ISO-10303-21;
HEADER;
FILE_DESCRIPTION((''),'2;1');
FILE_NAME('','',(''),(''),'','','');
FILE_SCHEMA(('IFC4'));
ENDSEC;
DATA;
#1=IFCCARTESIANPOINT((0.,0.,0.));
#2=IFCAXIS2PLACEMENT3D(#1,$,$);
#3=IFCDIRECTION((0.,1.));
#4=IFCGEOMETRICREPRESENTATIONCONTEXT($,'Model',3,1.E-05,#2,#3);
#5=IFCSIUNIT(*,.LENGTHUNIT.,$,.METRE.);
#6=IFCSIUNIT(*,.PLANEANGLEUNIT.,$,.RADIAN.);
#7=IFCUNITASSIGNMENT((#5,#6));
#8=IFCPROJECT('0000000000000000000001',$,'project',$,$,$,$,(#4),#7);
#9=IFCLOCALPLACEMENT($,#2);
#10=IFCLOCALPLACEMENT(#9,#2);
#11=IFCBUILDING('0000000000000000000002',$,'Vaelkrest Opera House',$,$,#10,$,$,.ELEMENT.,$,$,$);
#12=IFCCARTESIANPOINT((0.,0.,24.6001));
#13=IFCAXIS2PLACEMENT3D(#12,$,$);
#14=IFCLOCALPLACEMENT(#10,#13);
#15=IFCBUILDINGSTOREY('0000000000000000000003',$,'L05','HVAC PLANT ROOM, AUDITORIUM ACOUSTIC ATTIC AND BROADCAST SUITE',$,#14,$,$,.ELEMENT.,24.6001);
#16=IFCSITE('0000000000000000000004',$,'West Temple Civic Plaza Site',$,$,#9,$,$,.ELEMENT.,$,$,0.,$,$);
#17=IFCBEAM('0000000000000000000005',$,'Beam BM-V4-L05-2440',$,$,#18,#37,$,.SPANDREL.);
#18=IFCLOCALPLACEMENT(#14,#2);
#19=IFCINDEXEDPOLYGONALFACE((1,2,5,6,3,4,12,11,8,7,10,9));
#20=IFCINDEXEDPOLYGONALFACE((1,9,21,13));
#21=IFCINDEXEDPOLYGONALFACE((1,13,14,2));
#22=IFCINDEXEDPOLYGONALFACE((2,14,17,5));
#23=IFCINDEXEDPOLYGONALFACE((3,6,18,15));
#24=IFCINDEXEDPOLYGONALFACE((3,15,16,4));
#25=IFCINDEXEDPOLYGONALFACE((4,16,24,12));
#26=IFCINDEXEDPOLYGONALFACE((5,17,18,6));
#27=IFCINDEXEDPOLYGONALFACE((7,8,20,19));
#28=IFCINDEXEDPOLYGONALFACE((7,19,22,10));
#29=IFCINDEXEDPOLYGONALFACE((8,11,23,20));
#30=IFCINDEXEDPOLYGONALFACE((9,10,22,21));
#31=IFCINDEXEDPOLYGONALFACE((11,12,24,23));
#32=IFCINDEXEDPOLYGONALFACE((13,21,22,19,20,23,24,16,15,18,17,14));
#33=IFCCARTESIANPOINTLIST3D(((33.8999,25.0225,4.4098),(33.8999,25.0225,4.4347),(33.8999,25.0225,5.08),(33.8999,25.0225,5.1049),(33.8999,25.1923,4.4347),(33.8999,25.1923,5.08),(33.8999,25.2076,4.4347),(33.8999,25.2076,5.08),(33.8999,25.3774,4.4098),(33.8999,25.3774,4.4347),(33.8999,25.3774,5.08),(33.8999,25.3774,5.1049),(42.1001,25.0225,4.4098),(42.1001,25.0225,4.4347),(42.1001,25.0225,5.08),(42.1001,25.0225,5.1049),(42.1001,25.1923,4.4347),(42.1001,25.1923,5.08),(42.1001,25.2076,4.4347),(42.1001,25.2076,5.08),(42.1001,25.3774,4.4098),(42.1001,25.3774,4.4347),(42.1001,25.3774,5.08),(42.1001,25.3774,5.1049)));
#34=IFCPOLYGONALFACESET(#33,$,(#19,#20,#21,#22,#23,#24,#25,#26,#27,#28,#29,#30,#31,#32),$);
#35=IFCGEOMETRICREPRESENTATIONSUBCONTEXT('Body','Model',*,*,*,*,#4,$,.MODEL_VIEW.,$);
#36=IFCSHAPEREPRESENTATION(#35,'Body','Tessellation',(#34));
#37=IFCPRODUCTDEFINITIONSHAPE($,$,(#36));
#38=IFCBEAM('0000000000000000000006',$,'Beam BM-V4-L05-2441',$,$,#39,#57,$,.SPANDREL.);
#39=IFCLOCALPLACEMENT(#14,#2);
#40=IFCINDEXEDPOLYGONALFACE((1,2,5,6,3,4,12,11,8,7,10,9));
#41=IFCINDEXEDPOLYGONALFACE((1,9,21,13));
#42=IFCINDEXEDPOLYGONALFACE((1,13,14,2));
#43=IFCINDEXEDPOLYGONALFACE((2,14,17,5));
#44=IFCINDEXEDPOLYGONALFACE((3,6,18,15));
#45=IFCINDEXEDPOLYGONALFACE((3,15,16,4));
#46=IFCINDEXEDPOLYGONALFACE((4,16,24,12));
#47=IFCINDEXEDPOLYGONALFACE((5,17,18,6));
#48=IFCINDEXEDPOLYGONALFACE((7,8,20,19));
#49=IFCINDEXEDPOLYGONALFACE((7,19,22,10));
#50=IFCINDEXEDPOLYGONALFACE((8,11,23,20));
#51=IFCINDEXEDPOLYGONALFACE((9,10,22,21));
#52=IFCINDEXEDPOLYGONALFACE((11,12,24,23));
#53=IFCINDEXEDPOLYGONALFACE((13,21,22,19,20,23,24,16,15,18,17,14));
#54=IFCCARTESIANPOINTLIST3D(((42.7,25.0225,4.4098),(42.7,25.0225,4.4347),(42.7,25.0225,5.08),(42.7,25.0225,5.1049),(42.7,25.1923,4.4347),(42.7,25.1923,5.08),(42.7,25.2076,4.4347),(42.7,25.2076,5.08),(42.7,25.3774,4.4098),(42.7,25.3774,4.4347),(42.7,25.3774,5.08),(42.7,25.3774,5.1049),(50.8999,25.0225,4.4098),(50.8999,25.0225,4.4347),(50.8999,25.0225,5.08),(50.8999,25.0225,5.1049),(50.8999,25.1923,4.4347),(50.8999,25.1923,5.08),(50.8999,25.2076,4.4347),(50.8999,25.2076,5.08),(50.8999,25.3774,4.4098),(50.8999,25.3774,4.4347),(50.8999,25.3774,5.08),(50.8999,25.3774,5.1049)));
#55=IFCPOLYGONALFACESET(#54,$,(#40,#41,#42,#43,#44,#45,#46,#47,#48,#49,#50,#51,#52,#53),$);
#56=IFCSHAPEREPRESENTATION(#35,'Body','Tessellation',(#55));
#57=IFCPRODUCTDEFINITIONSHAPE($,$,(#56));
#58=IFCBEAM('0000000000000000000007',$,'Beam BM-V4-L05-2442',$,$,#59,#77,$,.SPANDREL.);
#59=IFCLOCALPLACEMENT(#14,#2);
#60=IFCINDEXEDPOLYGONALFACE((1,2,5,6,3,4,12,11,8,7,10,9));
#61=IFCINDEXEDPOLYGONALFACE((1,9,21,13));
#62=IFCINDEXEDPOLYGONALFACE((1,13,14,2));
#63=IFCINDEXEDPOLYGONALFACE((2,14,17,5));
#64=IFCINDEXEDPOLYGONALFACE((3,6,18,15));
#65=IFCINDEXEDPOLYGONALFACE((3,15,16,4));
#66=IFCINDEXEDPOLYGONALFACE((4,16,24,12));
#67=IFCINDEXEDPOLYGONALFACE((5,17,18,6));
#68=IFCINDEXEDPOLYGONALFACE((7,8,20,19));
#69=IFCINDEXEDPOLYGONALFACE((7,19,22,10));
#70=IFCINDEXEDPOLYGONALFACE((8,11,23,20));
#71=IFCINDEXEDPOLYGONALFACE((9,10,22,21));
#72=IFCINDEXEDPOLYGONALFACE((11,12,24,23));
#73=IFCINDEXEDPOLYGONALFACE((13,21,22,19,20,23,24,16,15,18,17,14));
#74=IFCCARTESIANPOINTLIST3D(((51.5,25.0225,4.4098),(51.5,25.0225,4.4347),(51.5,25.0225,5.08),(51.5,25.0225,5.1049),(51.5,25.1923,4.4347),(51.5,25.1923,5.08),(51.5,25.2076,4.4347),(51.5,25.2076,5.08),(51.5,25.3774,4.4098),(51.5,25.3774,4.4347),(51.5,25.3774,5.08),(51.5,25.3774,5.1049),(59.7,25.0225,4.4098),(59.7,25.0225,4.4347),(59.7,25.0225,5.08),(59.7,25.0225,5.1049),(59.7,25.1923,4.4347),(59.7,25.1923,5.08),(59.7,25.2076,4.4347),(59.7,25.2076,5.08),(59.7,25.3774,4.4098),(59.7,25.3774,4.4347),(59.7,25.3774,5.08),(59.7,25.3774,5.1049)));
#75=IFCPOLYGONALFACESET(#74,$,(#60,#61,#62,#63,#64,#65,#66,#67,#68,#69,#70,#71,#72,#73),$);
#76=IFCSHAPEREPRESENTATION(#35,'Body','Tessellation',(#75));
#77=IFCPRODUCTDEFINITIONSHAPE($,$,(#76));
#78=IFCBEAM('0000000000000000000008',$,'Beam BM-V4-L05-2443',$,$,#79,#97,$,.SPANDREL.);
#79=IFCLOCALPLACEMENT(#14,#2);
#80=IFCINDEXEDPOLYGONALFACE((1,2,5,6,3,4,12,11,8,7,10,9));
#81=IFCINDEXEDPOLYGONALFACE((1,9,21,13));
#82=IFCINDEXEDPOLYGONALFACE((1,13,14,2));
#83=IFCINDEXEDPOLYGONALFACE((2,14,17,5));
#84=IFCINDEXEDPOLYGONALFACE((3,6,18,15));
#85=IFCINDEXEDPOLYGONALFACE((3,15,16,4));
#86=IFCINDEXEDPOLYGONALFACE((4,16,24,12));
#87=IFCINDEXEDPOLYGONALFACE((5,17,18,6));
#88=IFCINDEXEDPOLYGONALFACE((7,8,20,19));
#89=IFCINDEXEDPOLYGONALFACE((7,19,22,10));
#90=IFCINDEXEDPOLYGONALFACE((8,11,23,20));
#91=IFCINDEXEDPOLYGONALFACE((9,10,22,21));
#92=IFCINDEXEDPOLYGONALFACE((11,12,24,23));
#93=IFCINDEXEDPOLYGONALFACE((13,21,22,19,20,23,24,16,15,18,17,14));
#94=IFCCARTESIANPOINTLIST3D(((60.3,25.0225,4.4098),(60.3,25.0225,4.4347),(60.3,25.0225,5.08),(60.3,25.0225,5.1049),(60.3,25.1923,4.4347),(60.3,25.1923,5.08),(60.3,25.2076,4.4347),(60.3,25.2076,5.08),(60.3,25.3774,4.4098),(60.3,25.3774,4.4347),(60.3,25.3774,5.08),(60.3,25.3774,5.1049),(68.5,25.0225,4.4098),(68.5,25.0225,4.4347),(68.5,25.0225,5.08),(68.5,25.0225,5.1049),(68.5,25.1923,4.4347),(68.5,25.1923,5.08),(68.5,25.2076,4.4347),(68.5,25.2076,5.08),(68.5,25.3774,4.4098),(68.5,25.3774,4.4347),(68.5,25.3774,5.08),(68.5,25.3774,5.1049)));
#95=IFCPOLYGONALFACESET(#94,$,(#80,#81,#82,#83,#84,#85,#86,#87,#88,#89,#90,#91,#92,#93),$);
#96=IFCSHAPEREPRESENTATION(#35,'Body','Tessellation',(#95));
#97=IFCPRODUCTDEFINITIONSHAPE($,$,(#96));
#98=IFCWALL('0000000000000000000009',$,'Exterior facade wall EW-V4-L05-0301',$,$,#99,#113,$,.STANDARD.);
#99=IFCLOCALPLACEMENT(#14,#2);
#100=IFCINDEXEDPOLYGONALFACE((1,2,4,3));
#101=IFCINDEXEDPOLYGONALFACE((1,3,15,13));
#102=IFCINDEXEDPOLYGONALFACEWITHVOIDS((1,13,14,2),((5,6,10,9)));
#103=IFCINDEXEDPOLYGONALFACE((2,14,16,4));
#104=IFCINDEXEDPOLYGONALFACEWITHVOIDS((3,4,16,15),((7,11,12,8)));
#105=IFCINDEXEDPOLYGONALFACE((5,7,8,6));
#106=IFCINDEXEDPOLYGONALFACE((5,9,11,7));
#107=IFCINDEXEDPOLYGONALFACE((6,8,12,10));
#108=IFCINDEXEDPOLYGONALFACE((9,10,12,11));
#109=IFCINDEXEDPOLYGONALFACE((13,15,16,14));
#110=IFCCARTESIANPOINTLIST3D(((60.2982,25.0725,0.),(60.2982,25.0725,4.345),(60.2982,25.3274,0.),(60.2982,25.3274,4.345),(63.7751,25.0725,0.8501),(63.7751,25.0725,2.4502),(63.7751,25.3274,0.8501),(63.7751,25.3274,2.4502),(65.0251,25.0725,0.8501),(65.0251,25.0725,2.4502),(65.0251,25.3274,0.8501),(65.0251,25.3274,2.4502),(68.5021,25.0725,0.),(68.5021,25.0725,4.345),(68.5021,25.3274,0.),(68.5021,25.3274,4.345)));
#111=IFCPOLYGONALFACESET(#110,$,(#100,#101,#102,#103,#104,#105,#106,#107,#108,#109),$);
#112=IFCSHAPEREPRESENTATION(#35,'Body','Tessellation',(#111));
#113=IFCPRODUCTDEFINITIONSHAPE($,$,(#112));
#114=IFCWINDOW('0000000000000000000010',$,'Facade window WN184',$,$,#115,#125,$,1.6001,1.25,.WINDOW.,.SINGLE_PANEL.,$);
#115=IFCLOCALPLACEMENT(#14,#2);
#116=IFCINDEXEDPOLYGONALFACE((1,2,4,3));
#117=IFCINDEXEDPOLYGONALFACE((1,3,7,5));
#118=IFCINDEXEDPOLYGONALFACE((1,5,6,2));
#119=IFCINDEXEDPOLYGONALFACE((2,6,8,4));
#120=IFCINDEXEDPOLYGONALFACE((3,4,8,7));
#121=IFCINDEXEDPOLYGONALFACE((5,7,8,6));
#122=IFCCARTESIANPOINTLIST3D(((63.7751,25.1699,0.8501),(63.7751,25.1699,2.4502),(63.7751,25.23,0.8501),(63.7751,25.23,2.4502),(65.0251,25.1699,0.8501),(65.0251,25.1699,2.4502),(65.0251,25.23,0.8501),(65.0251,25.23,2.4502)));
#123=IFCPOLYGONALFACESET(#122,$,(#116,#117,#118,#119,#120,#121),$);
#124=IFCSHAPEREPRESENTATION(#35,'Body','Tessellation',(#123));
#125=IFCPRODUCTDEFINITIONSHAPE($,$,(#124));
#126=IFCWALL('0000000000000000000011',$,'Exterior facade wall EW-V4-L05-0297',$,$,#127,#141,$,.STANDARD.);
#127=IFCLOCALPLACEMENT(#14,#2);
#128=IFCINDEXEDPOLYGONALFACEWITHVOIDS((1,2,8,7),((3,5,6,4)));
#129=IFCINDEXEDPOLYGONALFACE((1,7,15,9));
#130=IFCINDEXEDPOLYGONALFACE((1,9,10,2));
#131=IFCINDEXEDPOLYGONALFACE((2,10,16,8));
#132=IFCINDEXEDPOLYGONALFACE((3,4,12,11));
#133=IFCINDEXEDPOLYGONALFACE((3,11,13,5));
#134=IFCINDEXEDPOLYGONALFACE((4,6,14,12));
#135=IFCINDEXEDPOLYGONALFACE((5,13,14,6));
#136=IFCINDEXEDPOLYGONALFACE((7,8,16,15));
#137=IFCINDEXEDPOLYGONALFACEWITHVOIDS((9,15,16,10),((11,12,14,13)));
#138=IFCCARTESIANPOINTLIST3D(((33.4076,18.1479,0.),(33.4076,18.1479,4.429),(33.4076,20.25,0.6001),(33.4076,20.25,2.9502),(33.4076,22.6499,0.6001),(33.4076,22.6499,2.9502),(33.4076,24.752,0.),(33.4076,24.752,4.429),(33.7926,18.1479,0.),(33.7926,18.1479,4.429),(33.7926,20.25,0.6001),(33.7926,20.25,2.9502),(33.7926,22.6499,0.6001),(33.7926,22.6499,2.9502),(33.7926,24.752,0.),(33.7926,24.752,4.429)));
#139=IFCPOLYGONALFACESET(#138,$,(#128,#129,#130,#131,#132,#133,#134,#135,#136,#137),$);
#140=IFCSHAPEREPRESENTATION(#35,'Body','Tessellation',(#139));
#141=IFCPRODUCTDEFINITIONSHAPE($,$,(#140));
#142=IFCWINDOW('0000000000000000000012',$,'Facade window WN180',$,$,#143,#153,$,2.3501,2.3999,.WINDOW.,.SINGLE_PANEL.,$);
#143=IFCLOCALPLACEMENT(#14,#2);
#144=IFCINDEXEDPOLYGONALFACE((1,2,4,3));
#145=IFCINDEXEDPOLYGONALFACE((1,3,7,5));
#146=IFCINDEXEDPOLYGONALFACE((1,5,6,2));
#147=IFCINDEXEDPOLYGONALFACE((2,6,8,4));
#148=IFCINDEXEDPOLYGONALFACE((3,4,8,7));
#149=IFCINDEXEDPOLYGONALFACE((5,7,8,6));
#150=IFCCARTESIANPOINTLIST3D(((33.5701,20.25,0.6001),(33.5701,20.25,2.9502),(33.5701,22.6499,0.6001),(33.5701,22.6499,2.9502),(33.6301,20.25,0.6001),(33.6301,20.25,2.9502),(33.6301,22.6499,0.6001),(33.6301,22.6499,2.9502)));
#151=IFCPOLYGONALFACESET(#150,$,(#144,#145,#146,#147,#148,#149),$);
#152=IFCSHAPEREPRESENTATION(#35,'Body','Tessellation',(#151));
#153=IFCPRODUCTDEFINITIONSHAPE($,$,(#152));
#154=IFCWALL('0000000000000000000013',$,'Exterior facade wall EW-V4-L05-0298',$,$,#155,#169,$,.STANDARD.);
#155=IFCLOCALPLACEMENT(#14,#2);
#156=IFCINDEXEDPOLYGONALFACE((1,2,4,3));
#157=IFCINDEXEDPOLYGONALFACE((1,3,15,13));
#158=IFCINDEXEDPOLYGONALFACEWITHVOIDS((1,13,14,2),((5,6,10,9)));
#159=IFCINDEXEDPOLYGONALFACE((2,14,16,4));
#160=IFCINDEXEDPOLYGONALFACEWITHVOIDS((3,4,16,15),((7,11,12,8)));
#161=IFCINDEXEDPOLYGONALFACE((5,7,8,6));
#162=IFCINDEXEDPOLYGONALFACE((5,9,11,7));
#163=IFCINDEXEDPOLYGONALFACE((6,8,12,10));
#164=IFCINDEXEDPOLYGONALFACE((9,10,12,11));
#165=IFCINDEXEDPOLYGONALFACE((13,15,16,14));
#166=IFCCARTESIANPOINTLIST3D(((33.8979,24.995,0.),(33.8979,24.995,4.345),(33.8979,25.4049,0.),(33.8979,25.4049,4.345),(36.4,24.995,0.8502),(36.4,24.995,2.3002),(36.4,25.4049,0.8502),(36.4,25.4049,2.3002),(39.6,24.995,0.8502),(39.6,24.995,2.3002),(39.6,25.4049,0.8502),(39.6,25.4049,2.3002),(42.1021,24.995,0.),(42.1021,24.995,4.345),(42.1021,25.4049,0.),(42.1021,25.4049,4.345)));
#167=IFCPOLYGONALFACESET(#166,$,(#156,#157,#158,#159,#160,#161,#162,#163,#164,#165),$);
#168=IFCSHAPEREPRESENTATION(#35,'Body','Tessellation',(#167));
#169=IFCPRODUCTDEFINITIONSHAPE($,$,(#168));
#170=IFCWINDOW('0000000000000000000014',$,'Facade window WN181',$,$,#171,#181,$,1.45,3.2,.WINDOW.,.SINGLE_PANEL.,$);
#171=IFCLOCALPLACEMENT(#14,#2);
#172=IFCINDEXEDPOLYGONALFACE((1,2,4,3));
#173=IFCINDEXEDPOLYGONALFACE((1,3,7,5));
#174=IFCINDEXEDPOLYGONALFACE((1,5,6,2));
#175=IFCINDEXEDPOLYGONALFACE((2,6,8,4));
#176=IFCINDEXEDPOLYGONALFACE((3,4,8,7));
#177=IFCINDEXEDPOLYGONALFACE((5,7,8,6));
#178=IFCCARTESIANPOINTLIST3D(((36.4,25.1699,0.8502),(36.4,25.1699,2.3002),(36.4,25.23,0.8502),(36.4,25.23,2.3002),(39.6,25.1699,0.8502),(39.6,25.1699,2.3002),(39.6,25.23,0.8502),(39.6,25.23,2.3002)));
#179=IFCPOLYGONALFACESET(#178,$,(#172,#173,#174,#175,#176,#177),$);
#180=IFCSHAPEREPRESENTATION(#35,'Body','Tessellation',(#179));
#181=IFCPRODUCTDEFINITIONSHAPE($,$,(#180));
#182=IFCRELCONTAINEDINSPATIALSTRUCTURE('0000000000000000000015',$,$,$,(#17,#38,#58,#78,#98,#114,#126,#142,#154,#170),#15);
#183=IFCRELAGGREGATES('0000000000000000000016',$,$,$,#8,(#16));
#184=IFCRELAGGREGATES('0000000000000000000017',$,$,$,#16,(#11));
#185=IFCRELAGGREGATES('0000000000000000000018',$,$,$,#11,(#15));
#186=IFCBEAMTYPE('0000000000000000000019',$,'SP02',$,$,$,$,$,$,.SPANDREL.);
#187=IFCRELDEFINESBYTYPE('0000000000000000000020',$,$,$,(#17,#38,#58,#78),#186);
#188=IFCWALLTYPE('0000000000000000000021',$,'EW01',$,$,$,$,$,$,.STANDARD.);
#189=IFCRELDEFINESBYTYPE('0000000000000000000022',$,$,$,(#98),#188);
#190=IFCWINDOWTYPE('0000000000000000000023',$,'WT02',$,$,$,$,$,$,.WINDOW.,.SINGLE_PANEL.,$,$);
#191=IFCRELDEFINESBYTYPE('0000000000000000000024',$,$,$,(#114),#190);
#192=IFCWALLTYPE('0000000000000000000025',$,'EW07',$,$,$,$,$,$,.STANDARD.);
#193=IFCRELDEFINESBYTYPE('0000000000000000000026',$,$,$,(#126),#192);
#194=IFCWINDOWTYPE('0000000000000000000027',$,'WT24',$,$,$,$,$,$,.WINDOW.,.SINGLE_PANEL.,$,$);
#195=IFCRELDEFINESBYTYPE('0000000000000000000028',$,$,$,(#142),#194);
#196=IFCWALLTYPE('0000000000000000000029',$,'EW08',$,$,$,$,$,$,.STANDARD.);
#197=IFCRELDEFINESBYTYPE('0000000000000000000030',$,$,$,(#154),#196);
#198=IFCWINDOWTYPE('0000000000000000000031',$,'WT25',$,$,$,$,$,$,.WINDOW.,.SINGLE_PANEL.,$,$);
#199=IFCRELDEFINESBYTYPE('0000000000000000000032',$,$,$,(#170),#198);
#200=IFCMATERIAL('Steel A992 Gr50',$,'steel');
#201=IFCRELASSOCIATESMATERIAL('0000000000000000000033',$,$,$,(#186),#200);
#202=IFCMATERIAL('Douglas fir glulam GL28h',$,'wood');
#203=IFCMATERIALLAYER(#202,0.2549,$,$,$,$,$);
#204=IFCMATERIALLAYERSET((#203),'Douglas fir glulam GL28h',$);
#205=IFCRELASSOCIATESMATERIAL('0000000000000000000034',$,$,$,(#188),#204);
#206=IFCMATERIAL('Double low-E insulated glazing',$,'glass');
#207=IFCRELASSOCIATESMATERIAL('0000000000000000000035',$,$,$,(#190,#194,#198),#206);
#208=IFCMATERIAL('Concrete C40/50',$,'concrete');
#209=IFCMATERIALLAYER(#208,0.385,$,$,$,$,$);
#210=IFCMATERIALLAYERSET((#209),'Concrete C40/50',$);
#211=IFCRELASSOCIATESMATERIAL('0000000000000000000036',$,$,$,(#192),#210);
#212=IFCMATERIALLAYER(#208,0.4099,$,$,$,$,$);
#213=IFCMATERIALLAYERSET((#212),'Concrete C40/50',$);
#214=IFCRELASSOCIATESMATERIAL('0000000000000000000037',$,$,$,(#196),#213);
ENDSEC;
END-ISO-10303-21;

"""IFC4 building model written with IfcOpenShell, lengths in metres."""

from ifc_helpers import new_model, si_unit, direction, frame, frame_2d, origin, origin_2d, place, context, subcontext, project, spatial, rectangle, i_section, extrude, material, layer, layer_set, material_profile, profile_set, type_object, element, fill, save


model = new_model("IFC4")

# Units and contexts
model_context = context("Model", 3, precision=1e-05, world=origin(), true_north=direction((0.0, 1.0)))
body_context = subcontext(model_context, "Body", "Model", "MODEL_VIEW")
ifc_project = project(units=[si_unit("LENGTHUNIT", "METRE"), si_unit("PLANEANGLEUNIT", "RADIAN")], contexts=[model_context])

# Site, building, storey
site_placement = place(None, origin())
site = spatial("IfcSite", under=ifc_project, at=site_placement, Name="West Temple Civic Plaza Site", CompositionType="ELEMENT", RefElevation=0.0)
building_placement = place(site_placement, origin())
building = spatial("IfcBuilding", under=site, at=building_placement, Name="Vaelkrest Opera House", CompositionType="ELEMENT")
storey_placement = place(building_placement, frame((0.0, 0.0, 24.6001)))
storey = spatial("IfcBuildingStorey", under=building, at=storey_placement, Name="L05", Description="HVAC PLANT ROOM, AUDITORIUM ACOUSTIC ATTIC AND BROADCAST SUITE", CompositionType="ELEMENT", Elevation=24.6001)

# Beams
ifc_material_1 = material(Name="Steel A992 Gr50", Category="steel")
ifc_material_profile_1 = material_profile(ifc_material_1, i_section(OverallWidth=0.355, OverallDepth=0.6951, WebThickness=0.0154, FlangeThickness=0.0249, at=origin_2d()), Name="W27X146")
ifc_profile_set_1 = profile_set([ifc_material_profile_1], Name="Steel A992 Gr50")
beam_type_1 = type_object("IfcBeamType", Name="SP02", PredefinedType="SPANDREL", material=ifc_profile_set_1)
beam_1_placement = place(storey_placement, frame((33.8999, 25.2, 4.7573), z_axis=(1.0, 0.0, 0.0), x_axis=(0.0, 1.0, 0.0)))
element("IfcBeam", 1, at=beam_1_placement, inside=storey, type_object=beam_type_1, Name="Beam BM-V4-L05-2440", PredefinedType="SPANDREL", context=body_context, shape_type="SweptSolid", body=[
    extrude(i_section(OverallWidth=0.355, OverallDepth=0.6951, WebThickness=0.0154, FlangeThickness=0.0249, at=origin_2d()), origin(), (0.0, 0.0, 1.0), 8.2002),
])
for number, where, z_axis, x_axis, name in (
    (2, (42.7, 25.2, 4.7573), (1.0, 0.0, 0.0), (0.0, 1.0, 0.0), "Beam BM-V4-L05-2441"),
    (3, (51.5, 25.2, 4.7573), (1.0, 0.0, 0.0), (0.0, 1.0, 0.0), "Beam BM-V4-L05-2442"),
    (4, (60.3, 25.2, 4.7573), (1.0, 0.0, 0.0), (0.0, 1.0, 0.0), "Beam BM-V4-L05-2443"),
):
    element("IfcBeam", number, at=place(storey_placement, frame(where, z_axis=z_axis, x_axis=x_axis)), inside=storey, type_object=beam_type_1, Name=name, PredefinedType="SPANDREL", context=body_context, shape_type="SweptSolid", body=[
        extrude(i_section(OverallWidth=0.355, OverallDepth=0.6951, WebThickness=0.0154, FlangeThickness=0.0249, at=origin_2d()), origin(), (0.0, 0.0, 1.0), 8.2),
    ])

# Walls, openings, windows
ifc_material_2 = material(Name="Douglas fir glulam GL28h", Category="wood")
ifc_layer_1 = layer(ifc_material_2, 0.2549)
ifc_layer_set_1 = layer_set([ifc_layer_1], Name="Douglas fir glulam GL28h")
wall_type_1 = type_object("IfcWallType", Name="EW01", PredefinedType="STANDARD", material=ifc_layer_set_1)
wall_1_placement = place(storey_placement, frame((60.2981, 25.2, 0.0), z_axis=(0.0, 0.0, 1.0), x_axis=(1.0, 0.0, 0.0)))
wall_1 = element("IfcWall", 5, at=wall_1_placement, inside=storey, type_object=wall_type_1, Name="Exterior facade wall EW-V4-L05-0301", PredefinedType="STANDARD", context=body_context, shape_type="SweptSolid", body=[
    extrude(rectangle(XDim=8.2039, YDim=0.2549, at=frame_2d((4.1021, 0.0))), origin(), (0.0, 0.0, 1.0), 4.345),
])
opening_1_placement = place(wall_1_placement, frame((3.4771, 0.0, 0.8501)))
opening_1 = element("IfcOpeningElement", 6, at=opening_1_placement, cuts=wall_1, PredefinedType="OPENING", context=body_context, shape_type="SweptSolid", body=[
    extrude(rectangle(XDim=1.25, YDim=1.6001, at=frame_2d((0.625, 0.8))), frame((0.0, 0.1375, 0.0), z_axis=(0.0, -1.0, 0.0), x_axis=(1.0, 0.0, 0.0)), (0.0, 0.0, 1.0), 0.2749),
])
ifc_material_3 = material(Name="Double low-E insulated glazing", Category="glass")
window_type_1 = type_object("IfcWindowType", Name="WT02", PartitioningType="SINGLE_PANEL", PredefinedType="WINDOW", material=ifc_material_3)
window_1_placement = place(opening_1_placement, origin())
window_1 = element("IfcWindow", 7, at=window_1_placement, inside=storey, type_object=window_type_1, Name="Facade window WN184", OverallHeight=1.6001, OverallWidth=1.25, PartitioningType="SINGLE_PANEL", PredefinedType="WINDOW", context=body_context, shape_type="SweptSolid", body=[
    extrude(rectangle(XDim=1.25, YDim=1.6001, at=frame_2d((0.625, 0.8))), frame((0.0, 0.03, 0.0), z_axis=(0.0, -1.0, 0.0), x_axis=(1.0, 0.0, 0.0)), (0.0, 0.0, 1.0), 0.0601),
])
fill(opening_1, window_1)
ifc_material_4 = material(Name="Concrete C40/50", Category="concrete")
ifc_layer_2 = layer(ifc_material_4, 0.385)
ifc_layer_set_2 = layer_set([ifc_layer_2], Name="Concrete C40/50")
wall_type_2 = type_object("IfcWallType", Name="EW07", PredefinedType="STANDARD", material=ifc_layer_set_2)
wall_2_placement = place(storey_placement, frame((33.6001, 18.1479, 0.0), z_axis=(0.0, 0.0, 1.0), x_axis=(0.0, 1.0, 0.0)))
wall_2 = element("IfcWall", 8, at=wall_2_placement, inside=storey, type_object=wall_type_2, Name="Exterior facade wall EW-V4-L05-0297", PredefinedType="STANDARD", context=body_context, shape_type="SweptSolid", body=[
    extrude(rectangle(XDim=6.604, YDim=0.385, at=frame_2d((3.302, 0.0))), origin(), (0.0, 0.0, 1.0), 4.429),
])
opening_2_placement = place(wall_2_placement, frame((2.1021, 0.0, 0.6001)))
opening_2 = element("IfcOpeningElement", 9, at=opening_2_placement, cuts=wall_2, PredefinedType="OPENING", context=body_context, shape_type="SweptSolid", body=[
    extrude(rectangle(XDim=2.3999, YDim=2.3501, at=frame_2d((1.2, 1.175))), frame((0.0, 0.2024, 0.0), z_axis=(0.0, -1.0, 0.0), x_axis=(1.0, 0.0, 0.0)), (0.0, 0.0, 1.0), 0.405),
])
window_type_2 = type_object("IfcWindowType", Name="WT24", PartitioningType="SINGLE_PANEL", PredefinedType="WINDOW", material=ifc_material_3)
window_2_placement = place(opening_2_placement, origin())
window_2 = element("IfcWindow", 10, at=window_2_placement, inside=storey, type_object=window_type_2, Name="Facade window WN180", OverallHeight=2.3501, OverallWidth=2.3999, PartitioningType="SINGLE_PANEL", PredefinedType="WINDOW", context=body_context, shape_type="SweptSolid", body=[
    extrude(rectangle(XDim=2.3999, YDim=2.3501, at=frame_2d((1.2, 1.175))), frame((0.0, 0.03, 0.0), z_axis=(0.0, -1.0, 0.0), x_axis=(1.0, 0.0, 0.0)), (0.0, 0.0, 1.0), 0.0601),
])
fill(opening_2, window_2)
ifc_layer_3 = layer(ifc_material_4, 0.4099)
ifc_layer_set_3 = layer_set([ifc_layer_3], Name="Concrete C40/50")
wall_type_3 = type_object("IfcWallType", Name="EW08", PredefinedType="STANDARD", material=ifc_layer_set_3)
wall_3_placement = place(storey_placement, frame((33.8979, 25.2, 0.0), z_axis=(0.0, 0.0, 1.0), x_axis=(1.0, 0.0, 0.0)))
wall_3 = element("IfcWall", 11, at=wall_3_placement, inside=storey, type_object=wall_type_3, Name="Exterior facade wall EW-V4-L05-0298", PredefinedType="STANDARD", context=body_context, shape_type="SweptSolid", body=[
    extrude(rectangle(XDim=8.2041, YDim=0.4099, at=frame_2d((4.1021, 0.0))), origin(), (0.0, 0.0, 1.0), 4.345),
])
opening_3_placement = place(wall_3_placement, frame((2.502, 0.0, 0.8501)))
opening_3 = element("IfcOpeningElement", 12, at=opening_3_placement, cuts=wall_3, PredefinedType="OPENING", context=body_context, shape_type="SweptSolid", body=[
    extrude(rectangle(XDim=3.2, YDim=1.45, at=frame_2d((1.6001, 0.7251))), frame((0.0, 0.2148, 0.0), z_axis=(0.0, -1.0, 0.0), x_axis=(1.0, 0.0, 0.0)), (0.0, 0.0, 1.0), 0.4299),
])
window_type_3 = type_object("IfcWindowType", Name="WT25", PartitioningType="SINGLE_PANEL", PredefinedType="WINDOW", material=ifc_material_3)
window_3_placement = place(opening_3_placement, origin())
window_3 = element("IfcWindow", 13, at=window_3_placement, inside=storey, type_object=window_type_3, Name="Facade window WN181", OverallHeight=1.45, OverallWidth=3.2, PartitioningType="SINGLE_PANEL", PredefinedType="WINDOW", context=body_context, shape_type="SweptSolid", body=[
    extrude(rectangle(XDim=3.2, YDim=1.45, at=frame_2d((1.6001, 0.7251))), frame((0.0, 0.03, 0.0), z_axis=(0.0, -1.0, 0.0), x_axis=(1.0, 0.0, 0.0)), (0.0, 0.0, 1.0), 0.0601),
])
fill(opening_3, window_3)

save(model, "model.ifc")
